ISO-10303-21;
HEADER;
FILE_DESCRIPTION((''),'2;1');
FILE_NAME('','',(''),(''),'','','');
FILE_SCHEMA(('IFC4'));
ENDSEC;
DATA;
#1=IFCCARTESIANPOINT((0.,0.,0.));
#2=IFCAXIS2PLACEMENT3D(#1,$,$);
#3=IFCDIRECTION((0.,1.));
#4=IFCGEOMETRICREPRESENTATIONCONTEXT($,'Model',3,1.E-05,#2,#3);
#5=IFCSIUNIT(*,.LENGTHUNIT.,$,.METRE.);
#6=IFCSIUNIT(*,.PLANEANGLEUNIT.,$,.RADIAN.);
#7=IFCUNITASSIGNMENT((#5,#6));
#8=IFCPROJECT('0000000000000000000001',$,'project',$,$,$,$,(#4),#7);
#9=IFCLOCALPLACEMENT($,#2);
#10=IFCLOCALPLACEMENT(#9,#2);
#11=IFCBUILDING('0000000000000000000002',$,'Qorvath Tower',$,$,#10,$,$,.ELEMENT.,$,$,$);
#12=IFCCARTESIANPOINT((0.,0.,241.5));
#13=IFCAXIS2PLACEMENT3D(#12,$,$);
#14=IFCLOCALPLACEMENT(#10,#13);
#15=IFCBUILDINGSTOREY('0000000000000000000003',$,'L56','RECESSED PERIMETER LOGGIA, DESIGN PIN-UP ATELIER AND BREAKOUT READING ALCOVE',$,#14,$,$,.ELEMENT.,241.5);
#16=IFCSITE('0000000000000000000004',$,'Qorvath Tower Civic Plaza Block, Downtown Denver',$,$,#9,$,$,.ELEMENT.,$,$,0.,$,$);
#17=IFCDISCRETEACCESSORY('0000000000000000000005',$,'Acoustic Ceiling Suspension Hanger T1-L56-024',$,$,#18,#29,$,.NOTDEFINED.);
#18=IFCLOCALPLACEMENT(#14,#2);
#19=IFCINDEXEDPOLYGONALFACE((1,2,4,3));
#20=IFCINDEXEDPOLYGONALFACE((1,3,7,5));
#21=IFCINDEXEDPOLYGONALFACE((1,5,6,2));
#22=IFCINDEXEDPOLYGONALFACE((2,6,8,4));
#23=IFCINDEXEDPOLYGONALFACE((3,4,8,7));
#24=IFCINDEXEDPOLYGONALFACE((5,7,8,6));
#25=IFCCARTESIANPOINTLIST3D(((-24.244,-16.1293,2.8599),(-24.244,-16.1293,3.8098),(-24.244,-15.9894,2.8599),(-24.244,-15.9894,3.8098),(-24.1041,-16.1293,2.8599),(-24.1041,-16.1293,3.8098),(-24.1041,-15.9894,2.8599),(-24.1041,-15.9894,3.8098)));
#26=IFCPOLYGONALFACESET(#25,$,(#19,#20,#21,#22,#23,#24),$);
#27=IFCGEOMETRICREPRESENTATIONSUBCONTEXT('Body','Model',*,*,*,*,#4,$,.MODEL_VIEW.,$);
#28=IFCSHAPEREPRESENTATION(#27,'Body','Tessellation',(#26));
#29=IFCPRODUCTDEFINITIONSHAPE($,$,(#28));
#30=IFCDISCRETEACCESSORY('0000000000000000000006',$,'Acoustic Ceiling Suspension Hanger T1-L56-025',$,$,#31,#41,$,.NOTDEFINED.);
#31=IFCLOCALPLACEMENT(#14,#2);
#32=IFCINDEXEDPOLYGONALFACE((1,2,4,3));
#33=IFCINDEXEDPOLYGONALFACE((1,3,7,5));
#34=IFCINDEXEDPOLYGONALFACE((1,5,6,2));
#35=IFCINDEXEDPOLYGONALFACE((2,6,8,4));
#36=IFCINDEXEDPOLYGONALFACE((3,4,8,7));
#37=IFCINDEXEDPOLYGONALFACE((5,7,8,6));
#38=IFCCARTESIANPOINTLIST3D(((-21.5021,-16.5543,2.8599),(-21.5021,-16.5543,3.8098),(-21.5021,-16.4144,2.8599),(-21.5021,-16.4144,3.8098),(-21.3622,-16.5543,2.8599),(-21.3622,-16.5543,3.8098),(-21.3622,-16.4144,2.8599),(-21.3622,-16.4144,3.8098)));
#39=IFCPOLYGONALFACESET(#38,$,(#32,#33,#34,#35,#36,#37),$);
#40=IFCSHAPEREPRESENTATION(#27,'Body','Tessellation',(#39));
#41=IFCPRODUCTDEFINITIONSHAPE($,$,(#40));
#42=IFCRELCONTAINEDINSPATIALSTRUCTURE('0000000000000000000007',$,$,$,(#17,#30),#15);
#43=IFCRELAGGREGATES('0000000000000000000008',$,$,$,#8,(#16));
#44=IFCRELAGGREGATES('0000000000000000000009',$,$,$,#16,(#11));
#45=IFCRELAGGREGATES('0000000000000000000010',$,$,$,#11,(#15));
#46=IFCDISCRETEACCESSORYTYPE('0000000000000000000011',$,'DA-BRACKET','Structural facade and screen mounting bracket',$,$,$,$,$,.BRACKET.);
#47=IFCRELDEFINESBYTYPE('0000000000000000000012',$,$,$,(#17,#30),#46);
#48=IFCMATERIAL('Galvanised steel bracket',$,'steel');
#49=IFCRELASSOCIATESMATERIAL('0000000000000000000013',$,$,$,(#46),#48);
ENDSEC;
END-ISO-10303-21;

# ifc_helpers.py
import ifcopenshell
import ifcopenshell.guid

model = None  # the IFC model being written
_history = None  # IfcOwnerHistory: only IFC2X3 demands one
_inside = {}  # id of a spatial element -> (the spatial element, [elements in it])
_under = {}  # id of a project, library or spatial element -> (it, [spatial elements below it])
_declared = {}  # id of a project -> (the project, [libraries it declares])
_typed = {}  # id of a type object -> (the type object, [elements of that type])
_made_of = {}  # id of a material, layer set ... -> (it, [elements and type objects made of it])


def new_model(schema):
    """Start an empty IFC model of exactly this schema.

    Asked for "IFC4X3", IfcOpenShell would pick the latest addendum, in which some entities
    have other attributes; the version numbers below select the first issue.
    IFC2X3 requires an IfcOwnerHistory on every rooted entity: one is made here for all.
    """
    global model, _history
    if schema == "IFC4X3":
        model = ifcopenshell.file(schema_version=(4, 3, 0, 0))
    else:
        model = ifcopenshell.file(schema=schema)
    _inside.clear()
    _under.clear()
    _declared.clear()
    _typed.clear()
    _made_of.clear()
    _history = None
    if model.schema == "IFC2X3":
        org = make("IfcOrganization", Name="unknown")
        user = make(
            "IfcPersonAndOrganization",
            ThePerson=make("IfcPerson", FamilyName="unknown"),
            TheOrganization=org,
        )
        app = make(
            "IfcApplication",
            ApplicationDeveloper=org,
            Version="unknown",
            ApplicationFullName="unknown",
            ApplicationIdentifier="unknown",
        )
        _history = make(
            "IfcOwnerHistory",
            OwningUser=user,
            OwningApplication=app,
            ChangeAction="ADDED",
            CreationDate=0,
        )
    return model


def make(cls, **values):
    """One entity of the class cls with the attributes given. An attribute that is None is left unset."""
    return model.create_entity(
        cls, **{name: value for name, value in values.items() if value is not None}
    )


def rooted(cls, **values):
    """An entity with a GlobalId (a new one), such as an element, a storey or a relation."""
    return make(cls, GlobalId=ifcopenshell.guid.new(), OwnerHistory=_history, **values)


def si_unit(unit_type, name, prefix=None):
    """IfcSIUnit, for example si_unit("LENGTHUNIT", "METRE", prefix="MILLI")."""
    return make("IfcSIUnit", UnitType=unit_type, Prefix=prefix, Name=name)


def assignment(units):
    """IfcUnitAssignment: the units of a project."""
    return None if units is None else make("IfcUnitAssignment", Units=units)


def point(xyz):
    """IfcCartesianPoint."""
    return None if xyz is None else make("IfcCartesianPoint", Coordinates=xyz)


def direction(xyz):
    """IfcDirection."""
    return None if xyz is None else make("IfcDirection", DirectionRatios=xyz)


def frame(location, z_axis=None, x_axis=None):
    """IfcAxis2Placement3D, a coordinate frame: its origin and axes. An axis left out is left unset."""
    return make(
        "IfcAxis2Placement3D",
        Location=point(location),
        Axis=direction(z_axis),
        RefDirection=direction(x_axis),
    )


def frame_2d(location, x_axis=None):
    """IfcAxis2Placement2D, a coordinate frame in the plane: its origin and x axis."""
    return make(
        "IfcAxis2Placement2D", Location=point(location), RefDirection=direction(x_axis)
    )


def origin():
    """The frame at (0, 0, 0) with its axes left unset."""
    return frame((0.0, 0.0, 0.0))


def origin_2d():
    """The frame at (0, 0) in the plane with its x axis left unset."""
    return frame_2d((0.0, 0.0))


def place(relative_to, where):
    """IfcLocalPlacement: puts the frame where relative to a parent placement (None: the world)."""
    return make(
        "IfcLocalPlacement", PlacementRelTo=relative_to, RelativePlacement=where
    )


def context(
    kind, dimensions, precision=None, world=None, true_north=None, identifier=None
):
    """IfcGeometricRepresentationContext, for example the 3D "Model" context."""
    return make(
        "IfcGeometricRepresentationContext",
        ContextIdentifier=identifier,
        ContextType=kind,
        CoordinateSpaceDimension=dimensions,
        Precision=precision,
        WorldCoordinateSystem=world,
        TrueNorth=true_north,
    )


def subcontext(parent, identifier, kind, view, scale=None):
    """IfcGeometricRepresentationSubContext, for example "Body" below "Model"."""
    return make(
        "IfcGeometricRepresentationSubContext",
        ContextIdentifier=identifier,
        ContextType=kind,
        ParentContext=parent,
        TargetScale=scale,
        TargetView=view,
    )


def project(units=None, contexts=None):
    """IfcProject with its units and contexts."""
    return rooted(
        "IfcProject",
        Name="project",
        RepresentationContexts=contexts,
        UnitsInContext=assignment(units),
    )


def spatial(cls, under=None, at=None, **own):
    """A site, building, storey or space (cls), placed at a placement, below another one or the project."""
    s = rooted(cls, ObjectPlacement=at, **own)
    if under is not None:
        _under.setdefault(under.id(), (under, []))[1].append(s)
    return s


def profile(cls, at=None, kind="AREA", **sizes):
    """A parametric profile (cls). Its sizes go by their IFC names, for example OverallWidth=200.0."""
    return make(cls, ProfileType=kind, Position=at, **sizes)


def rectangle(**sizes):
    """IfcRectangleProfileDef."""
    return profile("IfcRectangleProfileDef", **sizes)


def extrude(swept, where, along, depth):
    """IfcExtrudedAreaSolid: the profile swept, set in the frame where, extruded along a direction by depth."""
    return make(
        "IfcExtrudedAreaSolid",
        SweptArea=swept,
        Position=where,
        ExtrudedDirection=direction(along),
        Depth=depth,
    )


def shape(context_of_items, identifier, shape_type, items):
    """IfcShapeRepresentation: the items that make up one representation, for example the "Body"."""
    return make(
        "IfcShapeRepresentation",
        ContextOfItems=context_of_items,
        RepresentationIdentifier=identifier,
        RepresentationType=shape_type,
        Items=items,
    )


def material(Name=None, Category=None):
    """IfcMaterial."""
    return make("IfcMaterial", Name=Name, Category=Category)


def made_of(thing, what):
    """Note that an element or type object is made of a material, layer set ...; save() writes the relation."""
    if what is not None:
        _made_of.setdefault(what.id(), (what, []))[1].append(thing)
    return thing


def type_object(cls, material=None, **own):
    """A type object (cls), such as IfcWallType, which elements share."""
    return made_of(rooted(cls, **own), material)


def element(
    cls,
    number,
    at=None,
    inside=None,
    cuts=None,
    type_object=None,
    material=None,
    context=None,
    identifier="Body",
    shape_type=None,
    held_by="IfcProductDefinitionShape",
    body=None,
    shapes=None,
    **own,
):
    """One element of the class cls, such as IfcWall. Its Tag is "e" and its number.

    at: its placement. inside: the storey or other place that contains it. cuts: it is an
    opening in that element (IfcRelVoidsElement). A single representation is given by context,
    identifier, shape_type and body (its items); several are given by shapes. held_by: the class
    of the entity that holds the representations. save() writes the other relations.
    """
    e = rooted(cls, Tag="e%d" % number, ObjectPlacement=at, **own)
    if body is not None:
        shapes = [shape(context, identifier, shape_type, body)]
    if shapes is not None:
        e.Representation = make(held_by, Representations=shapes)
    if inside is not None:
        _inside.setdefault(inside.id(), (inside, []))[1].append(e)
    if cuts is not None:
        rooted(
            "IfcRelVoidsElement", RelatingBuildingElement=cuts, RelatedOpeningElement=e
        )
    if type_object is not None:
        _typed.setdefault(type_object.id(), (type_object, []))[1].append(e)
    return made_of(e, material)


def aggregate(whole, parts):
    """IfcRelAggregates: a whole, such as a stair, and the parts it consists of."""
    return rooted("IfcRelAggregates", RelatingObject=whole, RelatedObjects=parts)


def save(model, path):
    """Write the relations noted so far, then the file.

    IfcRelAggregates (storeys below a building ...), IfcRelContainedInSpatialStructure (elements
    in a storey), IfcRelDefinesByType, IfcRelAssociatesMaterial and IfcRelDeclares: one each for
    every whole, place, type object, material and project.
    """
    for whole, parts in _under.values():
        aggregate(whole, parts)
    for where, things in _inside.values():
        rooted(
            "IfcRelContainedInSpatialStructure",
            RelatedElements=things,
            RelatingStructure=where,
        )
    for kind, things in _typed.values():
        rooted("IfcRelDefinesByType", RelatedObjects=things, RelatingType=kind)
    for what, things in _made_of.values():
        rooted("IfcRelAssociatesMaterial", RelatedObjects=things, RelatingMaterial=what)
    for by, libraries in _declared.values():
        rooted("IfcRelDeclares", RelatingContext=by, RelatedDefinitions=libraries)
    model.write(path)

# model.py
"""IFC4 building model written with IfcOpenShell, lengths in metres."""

from ifc_helpers import new_model, si_unit, direction, frame, origin, origin_2d, place, context, subcontext, project, spatial, rectangle, extrude, material, type_object, element, save


model = new_model("IFC4")

# Units and contexts
model_context = context("Model", 3, precision=1e-05, world=origin(), true_north=direction((0.0, 1.0)))
body_context = subcontext(model_context, "Body", "Model", "MODEL_VIEW")
ifc_project = project(units=[si_unit("LENGTHUNIT", "METRE"), si_unit("PLANEANGLEUNIT", "RADIAN")], contexts=[model_context])

# Site, building, storey
site_placement = place(None, origin())
site = spatial("IfcSite", under=ifc_project, at=site_placement, Name="Qorvath Tower Civic Plaza Block, Downtown Denver", CompositionType="ELEMENT", RefElevation=0.0)
building_placement = place(site_placement, origin())
building = spatial("IfcBuilding", under=site, at=building_placement, Name="Qorvath Tower", CompositionType="ELEMENT")
storey_placement = place(building_placement, frame((0.0, 0.0, 241.5)))
storey = spatial("IfcBuildingStorey", under=building, at=storey_placement, Name="L56", Description="RECESSED PERIMETER LOGGIA, DESIGN PIN-UP ATELIER AND BREAKOUT READING ALCOVE", CompositionType="ELEMENT", Elevation=241.5)

# Discrete accessories
ifc_material_1 = material(Name="Galvanised steel bracket", Category="steel")
discrete_accessory_type = type_object("IfcDiscreteAccessoryType", Name="DA-BRACKET", Description="Structural facade and screen mounting bracket", PredefinedType="BRACKET", material=ifc_material_1)
for number, where, z_axis, x_axis, name in (
    (1, (-24.1741, -16.0593, 2.8599), (0.0, 0.0, 1.0), (1.0, 0.0, 0.0), "Acoustic Ceiling Suspension Hanger T1-L56-024"),
    (2, (-21.4321, -16.4844, 2.8599), (0.0, 0.0, 1.0), (1.0, 0.0, 0.0), "Acoustic Ceiling Suspension Hanger T1-L56-025"),
):
    element("IfcDiscreteAccessory", number, at=place(storey_placement, frame(where, z_axis=z_axis, x_axis=x_axis)), inside=storey, type_object=discrete_accessory_type, Name=name, PredefinedType="NOTDEFINED", context=body_context, shape_type="SweptSolid", body=[
        extrude(rectangle(XDim=0.1399, YDim=0.1399, at=origin_2d()), origin(), (0.0, 0.0, 1.0), 0.95),
    ])

save(model, "model.ifc")
